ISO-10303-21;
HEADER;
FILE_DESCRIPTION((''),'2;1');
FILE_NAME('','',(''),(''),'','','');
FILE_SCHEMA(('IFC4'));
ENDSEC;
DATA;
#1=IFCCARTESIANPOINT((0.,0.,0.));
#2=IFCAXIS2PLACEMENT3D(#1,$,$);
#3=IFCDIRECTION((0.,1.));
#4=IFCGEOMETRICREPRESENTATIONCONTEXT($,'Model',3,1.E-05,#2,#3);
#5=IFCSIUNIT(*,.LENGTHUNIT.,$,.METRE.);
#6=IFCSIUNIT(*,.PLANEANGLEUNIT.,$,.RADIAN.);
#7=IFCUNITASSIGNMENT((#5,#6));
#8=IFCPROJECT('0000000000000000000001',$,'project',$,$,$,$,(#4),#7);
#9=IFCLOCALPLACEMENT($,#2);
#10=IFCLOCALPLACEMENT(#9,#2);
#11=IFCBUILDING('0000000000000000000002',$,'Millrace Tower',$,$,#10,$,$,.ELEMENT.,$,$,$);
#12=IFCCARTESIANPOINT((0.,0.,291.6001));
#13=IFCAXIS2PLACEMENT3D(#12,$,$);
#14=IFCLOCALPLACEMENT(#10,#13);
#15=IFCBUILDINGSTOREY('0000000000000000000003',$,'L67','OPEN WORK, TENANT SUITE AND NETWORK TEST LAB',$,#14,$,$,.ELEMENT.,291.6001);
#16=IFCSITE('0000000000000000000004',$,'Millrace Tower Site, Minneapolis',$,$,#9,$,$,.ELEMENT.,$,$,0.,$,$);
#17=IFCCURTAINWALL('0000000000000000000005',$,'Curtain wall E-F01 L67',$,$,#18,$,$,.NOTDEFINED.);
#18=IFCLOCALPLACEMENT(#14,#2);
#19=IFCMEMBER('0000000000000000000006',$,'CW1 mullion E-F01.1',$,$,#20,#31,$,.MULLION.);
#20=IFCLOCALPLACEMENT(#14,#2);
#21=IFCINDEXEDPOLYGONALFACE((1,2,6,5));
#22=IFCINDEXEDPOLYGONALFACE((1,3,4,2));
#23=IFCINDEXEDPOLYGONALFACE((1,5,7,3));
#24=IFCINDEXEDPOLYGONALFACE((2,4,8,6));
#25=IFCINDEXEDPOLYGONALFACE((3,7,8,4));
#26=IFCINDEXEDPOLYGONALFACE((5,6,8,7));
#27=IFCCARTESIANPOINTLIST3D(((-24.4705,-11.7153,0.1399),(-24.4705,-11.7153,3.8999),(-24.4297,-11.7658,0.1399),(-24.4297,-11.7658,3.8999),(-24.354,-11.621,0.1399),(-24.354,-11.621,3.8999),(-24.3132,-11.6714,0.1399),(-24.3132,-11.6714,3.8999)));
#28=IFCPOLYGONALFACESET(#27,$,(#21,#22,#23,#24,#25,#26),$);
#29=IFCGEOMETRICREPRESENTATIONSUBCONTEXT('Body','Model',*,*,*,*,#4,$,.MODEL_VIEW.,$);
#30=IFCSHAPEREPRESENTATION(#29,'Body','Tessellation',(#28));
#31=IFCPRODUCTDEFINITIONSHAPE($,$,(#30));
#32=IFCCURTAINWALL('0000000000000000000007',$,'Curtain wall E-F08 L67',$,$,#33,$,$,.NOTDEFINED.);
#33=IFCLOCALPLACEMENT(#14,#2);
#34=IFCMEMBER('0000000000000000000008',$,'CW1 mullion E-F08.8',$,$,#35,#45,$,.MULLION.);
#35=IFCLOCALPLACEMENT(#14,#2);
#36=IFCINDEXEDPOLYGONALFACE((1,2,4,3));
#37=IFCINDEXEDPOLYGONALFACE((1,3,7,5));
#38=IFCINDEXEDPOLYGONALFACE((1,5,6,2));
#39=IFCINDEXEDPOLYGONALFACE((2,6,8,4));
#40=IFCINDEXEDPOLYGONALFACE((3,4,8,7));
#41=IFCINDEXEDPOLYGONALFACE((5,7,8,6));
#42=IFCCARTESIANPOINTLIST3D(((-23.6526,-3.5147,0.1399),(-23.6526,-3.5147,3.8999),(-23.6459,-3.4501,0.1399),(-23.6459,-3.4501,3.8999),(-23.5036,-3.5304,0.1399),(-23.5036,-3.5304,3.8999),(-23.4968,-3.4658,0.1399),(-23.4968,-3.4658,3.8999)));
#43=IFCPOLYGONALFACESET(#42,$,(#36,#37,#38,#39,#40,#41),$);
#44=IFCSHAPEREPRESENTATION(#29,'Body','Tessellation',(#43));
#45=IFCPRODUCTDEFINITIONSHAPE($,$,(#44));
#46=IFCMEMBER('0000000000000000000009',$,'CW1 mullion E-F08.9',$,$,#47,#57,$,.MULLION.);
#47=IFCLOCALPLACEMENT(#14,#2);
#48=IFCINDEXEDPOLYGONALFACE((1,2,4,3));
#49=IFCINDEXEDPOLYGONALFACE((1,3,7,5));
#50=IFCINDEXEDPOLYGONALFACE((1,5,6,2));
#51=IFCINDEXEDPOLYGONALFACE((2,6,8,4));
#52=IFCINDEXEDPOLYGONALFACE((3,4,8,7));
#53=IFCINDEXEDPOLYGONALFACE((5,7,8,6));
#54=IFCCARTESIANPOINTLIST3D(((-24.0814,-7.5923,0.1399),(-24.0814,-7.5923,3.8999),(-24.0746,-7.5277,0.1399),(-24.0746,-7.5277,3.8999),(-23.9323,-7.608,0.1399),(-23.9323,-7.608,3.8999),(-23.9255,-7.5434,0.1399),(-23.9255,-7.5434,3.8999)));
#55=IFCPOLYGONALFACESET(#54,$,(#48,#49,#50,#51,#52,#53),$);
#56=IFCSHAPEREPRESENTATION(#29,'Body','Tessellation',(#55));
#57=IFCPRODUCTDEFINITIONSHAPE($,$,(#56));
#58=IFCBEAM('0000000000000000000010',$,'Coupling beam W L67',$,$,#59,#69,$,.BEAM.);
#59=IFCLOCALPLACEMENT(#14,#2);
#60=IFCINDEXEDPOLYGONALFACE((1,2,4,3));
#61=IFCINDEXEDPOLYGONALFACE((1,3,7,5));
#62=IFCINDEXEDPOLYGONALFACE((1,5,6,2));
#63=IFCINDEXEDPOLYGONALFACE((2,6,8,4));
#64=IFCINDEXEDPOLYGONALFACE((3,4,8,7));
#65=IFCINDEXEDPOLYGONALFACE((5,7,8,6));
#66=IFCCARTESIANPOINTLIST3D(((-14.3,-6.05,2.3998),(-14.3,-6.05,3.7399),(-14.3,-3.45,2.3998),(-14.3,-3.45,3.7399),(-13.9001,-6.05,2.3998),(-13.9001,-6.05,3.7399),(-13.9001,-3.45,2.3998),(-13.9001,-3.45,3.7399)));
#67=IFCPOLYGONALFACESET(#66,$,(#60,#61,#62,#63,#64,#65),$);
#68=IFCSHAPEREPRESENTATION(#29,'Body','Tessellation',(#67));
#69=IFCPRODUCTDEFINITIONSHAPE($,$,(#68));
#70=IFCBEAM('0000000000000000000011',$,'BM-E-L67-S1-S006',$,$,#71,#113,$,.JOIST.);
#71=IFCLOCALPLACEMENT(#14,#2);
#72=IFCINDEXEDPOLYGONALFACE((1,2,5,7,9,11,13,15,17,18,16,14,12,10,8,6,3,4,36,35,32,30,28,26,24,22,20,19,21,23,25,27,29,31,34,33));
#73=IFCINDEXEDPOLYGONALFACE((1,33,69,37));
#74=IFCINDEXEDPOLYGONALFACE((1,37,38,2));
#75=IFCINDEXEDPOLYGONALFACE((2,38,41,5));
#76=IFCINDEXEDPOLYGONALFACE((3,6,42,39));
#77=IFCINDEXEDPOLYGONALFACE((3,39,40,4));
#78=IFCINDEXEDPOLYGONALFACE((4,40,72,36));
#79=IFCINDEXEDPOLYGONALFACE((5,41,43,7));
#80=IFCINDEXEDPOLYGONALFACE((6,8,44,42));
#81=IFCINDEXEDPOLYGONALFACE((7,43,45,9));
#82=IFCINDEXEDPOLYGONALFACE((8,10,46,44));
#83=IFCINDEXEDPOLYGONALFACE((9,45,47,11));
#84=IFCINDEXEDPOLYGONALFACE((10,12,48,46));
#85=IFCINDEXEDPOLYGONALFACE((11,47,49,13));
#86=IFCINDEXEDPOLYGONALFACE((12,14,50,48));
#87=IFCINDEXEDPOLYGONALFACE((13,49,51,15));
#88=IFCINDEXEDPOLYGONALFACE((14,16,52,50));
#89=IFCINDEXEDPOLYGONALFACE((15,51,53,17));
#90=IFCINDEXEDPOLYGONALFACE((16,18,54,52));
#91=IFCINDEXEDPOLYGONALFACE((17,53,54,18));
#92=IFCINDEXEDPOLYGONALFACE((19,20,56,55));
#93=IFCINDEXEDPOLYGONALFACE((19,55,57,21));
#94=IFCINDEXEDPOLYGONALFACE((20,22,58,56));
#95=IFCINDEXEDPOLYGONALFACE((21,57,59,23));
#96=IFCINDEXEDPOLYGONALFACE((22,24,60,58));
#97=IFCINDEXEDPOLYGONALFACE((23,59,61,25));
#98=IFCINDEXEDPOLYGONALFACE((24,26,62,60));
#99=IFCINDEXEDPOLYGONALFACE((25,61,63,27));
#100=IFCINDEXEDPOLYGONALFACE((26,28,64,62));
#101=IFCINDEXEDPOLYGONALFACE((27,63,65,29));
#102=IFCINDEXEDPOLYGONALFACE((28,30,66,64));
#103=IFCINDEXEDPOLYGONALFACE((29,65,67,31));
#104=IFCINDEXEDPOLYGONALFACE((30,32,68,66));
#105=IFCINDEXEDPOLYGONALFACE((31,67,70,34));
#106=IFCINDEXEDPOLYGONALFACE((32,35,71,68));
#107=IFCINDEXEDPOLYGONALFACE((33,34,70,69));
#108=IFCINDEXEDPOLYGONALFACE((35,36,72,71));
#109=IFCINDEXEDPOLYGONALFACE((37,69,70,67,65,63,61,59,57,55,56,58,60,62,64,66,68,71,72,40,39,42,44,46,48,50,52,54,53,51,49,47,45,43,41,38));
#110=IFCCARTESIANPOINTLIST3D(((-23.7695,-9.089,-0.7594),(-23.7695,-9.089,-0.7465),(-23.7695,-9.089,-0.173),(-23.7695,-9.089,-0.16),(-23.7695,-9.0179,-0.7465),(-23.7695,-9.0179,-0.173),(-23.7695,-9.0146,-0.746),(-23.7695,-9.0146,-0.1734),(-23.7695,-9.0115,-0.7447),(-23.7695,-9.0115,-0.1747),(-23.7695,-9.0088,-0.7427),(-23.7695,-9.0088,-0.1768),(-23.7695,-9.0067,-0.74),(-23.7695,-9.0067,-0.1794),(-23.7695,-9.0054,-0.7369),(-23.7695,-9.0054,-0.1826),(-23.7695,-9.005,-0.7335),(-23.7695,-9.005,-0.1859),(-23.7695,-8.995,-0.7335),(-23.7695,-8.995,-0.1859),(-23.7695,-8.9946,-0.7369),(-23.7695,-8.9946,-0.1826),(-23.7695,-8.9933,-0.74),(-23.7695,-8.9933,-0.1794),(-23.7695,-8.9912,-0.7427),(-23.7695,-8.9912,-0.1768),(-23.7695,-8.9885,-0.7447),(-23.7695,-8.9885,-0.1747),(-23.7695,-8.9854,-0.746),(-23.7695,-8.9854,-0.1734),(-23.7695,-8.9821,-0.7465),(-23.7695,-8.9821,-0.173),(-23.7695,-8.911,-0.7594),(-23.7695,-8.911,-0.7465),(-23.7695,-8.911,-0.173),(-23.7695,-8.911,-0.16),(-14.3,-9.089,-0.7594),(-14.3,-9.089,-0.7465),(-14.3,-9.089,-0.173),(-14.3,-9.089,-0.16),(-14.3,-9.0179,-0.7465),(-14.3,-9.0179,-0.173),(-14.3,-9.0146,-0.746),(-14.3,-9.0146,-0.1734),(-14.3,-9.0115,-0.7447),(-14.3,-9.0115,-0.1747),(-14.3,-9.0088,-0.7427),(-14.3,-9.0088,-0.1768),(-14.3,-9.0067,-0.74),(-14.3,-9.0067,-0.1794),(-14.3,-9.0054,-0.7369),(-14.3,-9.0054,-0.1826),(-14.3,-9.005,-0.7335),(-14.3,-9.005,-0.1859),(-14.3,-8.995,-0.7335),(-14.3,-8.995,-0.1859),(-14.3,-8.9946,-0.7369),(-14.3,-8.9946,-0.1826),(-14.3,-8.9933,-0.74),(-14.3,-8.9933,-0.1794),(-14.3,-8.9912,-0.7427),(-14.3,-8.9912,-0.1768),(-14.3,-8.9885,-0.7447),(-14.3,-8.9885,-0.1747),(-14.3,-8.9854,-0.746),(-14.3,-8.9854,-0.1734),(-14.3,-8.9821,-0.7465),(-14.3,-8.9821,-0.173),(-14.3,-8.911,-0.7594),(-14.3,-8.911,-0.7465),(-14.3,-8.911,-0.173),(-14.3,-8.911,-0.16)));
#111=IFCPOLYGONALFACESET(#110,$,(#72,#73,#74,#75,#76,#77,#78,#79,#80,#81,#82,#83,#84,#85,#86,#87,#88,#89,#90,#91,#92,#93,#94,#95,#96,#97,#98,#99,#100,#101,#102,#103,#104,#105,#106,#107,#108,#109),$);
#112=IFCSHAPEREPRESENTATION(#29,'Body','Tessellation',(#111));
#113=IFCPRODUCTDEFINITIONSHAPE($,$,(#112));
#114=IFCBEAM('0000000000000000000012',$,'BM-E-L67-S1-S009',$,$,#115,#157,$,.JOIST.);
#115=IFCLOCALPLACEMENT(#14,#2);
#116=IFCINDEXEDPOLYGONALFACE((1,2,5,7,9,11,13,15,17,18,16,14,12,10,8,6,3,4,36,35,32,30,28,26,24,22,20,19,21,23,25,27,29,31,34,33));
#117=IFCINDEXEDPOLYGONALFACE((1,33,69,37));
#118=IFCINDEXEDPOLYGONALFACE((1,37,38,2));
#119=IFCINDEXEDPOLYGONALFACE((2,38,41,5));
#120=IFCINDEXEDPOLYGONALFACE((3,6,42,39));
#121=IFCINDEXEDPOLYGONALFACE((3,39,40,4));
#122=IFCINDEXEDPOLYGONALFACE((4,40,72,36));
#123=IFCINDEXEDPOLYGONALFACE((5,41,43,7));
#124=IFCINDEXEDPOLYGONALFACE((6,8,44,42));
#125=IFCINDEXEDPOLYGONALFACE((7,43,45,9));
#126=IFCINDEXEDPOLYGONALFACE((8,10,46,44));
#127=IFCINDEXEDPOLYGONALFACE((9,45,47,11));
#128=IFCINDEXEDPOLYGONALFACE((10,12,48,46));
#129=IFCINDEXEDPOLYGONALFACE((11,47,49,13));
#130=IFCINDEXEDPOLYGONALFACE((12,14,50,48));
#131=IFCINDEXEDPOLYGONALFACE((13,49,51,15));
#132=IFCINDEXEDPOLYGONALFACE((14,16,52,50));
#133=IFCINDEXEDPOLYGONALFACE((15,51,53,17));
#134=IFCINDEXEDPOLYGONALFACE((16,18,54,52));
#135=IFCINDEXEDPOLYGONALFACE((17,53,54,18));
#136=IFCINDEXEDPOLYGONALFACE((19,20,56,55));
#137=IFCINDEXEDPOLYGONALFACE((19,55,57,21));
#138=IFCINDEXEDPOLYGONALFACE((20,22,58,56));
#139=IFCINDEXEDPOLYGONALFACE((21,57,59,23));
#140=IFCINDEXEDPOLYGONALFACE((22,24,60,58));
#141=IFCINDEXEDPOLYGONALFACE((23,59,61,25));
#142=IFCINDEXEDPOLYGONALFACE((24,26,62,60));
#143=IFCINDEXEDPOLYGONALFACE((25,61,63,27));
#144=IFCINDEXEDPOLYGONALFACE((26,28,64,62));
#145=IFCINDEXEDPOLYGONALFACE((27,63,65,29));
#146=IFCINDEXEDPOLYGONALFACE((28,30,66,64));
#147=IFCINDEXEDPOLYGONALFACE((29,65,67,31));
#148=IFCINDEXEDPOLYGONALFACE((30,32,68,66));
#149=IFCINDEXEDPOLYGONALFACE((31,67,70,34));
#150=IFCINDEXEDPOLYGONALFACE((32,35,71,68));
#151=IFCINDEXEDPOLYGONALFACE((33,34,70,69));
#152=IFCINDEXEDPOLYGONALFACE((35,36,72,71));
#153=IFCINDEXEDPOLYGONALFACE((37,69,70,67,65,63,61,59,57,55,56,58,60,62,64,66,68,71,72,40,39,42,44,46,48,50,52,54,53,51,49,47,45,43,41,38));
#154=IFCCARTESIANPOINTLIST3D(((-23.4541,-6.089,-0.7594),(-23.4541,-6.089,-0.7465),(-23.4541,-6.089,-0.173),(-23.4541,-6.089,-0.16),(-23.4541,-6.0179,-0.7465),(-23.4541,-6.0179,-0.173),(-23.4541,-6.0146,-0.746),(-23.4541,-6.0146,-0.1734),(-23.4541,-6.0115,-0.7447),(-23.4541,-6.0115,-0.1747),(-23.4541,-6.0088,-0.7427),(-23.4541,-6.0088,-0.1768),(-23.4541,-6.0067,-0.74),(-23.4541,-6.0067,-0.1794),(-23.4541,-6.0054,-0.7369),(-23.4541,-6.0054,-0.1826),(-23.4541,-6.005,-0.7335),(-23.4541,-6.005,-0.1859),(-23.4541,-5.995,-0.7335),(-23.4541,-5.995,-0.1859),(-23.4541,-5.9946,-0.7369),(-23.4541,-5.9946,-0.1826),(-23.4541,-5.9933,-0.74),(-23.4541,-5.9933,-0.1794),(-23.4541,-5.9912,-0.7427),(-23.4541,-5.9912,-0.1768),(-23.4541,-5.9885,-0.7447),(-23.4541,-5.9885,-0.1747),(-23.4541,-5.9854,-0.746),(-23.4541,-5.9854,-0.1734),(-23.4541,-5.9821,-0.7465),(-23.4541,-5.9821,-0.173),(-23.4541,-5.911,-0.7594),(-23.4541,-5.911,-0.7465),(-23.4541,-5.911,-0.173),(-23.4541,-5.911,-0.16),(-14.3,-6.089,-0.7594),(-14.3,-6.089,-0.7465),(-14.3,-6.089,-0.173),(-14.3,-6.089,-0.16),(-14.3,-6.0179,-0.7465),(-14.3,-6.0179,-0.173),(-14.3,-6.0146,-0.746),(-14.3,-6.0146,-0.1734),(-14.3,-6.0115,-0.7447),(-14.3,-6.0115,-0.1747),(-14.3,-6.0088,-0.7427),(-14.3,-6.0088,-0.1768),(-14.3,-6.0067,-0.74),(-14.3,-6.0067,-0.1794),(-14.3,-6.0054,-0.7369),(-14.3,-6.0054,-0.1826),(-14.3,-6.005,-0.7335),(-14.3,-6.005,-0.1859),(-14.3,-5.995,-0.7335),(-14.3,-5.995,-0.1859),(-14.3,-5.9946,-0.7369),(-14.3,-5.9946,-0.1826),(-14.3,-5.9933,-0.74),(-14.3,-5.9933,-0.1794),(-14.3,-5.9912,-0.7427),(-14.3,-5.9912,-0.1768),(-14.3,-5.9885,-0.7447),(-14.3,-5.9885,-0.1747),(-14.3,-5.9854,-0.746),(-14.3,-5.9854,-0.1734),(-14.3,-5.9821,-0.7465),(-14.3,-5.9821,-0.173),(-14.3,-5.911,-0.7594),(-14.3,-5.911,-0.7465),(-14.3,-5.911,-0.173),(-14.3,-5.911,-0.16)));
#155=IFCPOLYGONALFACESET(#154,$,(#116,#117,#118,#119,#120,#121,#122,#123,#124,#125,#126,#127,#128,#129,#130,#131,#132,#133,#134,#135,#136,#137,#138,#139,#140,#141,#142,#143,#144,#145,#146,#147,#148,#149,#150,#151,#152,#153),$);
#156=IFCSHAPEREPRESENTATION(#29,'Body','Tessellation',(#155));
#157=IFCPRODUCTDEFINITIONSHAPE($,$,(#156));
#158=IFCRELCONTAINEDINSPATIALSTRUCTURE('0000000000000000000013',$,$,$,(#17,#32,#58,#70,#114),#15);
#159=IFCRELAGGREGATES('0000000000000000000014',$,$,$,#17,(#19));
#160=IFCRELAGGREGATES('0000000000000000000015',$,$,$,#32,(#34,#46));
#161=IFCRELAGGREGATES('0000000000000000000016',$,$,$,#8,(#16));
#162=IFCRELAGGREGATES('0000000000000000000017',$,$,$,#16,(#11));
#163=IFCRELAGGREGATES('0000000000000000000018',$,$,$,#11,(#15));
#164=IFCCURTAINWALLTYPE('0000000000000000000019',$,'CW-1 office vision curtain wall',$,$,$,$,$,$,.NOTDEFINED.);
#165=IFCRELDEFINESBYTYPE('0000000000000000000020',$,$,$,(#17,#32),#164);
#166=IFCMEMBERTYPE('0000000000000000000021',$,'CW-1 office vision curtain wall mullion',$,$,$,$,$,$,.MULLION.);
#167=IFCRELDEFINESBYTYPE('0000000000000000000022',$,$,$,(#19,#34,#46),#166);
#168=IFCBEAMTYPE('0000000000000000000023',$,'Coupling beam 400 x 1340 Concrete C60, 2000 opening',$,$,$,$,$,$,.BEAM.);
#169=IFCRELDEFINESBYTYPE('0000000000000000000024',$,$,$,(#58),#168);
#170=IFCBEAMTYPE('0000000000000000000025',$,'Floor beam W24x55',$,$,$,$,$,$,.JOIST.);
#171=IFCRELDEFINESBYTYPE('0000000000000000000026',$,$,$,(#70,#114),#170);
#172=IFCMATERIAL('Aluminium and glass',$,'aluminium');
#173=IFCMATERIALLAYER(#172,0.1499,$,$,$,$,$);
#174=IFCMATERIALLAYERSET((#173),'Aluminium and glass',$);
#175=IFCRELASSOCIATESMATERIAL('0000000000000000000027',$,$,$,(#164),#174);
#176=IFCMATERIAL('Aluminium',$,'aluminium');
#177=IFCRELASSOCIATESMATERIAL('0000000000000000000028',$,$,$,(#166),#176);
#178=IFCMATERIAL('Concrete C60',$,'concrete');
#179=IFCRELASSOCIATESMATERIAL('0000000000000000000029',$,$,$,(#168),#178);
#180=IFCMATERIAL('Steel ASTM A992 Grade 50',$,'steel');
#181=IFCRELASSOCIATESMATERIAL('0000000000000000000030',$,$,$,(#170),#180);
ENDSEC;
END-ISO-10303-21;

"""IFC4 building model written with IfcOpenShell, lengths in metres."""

from ifc_helpers import new_model, si_unit, direction, frame, origin, origin_2d, place, context, subcontext, project, spatial, rectangle, i_section, extrude, material, layer, layer_set, material_profile, profile_set, type_object, element, aggregate, save


model = new_model("IFC4")

# Units and contexts
model_context = context("Model", 3, precision=1e-05, world=origin(), true_north=direction((0.0, 1.0)))
body_context = subcontext(model_context, "Body", "Model", "MODEL_VIEW")
ifc_project = project(units=[si_unit("LENGTHUNIT", "METRE"), si_unit("PLANEANGLEUNIT", "RADIAN")], contexts=[model_context])

# Site, building, storey
site_placement = place(None, origin())
site = spatial("IfcSite", under=ifc_project, at=site_placement, Name="Millrace Tower Site, Minneapolis", CompositionType="ELEMENT", RefElevation=0.0)
building_placement = place(site_placement, origin())
building = spatial("IfcBuilding", under=site, at=building_placement, Name="Millrace Tower", CompositionType="ELEMENT")
storey_placement = place(building_placement, frame((0.0, 0.0, 291.6001)))
storey = spatial("IfcBuildingStorey", under=building, at=storey_placement, Name="L67", Description="OPEN WORK, TENANT SUITE AND NETWORK TEST LAB", CompositionType="ELEMENT", Elevation=291.6001)

# Curtain wall, member
ifc_material_1 = material(Name="Aluminium and glass", Category="aluminium")
ifc_layer_1 = layer(ifc_material_1, 0.1499)
ifc_layer_set_1 = layer_set([ifc_layer_1], Name="Aluminium and glass")
curtain_wall_type = type_object("IfcCurtainWallType", Name="CW-1 office vision curtain wall", PredefinedType="NOTDEFINED", material=ifc_layer_set_1)
placement = place(storey_placement, origin())
curtain_wall_1 = element("IfcCurtainWall", 1, at=placement, inside=storey, type_object=curtain_wall_type, Name="Curtain wall E-F01 L67", PredefinedType="NOTDEFINED")
ifc_material_2 = material(Name="Aluminium", Category="aluminium")
ifc_material_profile_1 = material_profile(ifc_material_2, rectangle(XDim=0.0649, YDim=0.1499, at=origin_2d()))
ifc_profile_set_1 = profile_set([ifc_material_profile_1], Name="Aluminium")
member_type = type_object("IfcMemberType", Name="CW-1 office vision curtain wall mullion", PredefinedType="MULLION", material=ifc_profile_set_1)
member_1_placement = place(storey_placement, frame((-24.3918, -11.6934, 0.1399), z_axis=(0.0, 0.0, 1.0), x_axis=(0.62932, -0.777146, 0.0)))
member_1 = element("IfcMember", 2, at=member_1_placement, type_object=member_type, Name="CW1 mullion E-F01.1", PredefinedType="MULLION", context=body_context, shape_type="SweptSolid", body=[
    extrude(rectangle(XDim=0.0649, YDim=0.1499, at=origin_2d()), origin(), (0.0, 0.0, 1.0), 3.76),
])
aggregate(curtain_wall_1, [member_1])

# Curtain wall, members
curtain_wall_2 = element("IfcCurtainWall", 3, at=placement, inside=storey, type_object=curtain_wall_type, Name="Curtain wall E-F08 L67", PredefinedType="NOTDEFINED")
member_2_placement = place(storey_placement, frame((-23.5747, -3.4902, 0.1399), z_axis=(0.0, 0.0, 1.0), x_axis=(-0.104528, -0.994522, 0.0)))
member_2 = element("IfcMember", 4, at=member_2_placement, type_object=member_type, Name="CW1 mullion E-F08.8", PredefinedType="MULLION", context=body_context, shape_type="SweptSolid", body=[
    extrude(rectangle(XDim=0.0649, YDim=0.1499, at=origin_2d()), origin(), (0.0, 0.0, 1.0), 3.76),
])
member_3_placement = place(storey_placement, frame((-24.0034, -7.5679, 0.1399), z_axis=(0.0, 0.0, 1.0), x_axis=(-0.104528, -0.994522, 0.0)))
member_3 = element("IfcMember", 5, at=member_3_placement, type_object=member_type, Name="CW1 mullion E-F08.9", PredefinedType="MULLION", context=body_context, shape_type="SweptSolid", body=[
    extrude(rectangle(XDim=0.0649, YDim=0.1499, at=origin_2d()), origin(), (0.0, 0.0, 1.0), 3.76),
])
aggregate(curtain_wall_2, [member_2, member_3])

# Beams
ifc_material_3 = material(Name="Concrete C60", Category="concrete")
ifc_material_profile_2 = material_profile(ifc_material_3, rectangle(XDim=0.3999, YDim=1.3401, at=origin_2d()))
ifc_profile_set_2 = profile_set([ifc_material_profile_2], Name="Concrete C60")
beam_type_1 = type_object("IfcBeamType", Name="Coupling beam 400 x 1340 Concrete C60, 2000 opening", PredefinedType="BEAM", material=ifc_profile_set_2)
beam_1_placement = place(storey_placement, frame((-14.1001, -6.05, 3.0698), z_axis=(0.0, 1.0, 0.0), x_axis=(-1.0, 0.0, 0.0)))
element("IfcBeam", 6, at=beam_1_placement, inside=storey, type_object=beam_type_1, Name="Coupling beam W L67", PredefinedType="BEAM", context=body_context, shape_type="SweptSolid", body=[
    extrude(rectangle(XDim=0.3999, YDim=1.3401, at=origin_2d()), origin(), (0.0, 0.0, 1.0), 2.6001),
])
ifc_material_4 = material(Name="Steel ASTM A992 Grade 50", Category="steel")
ifc_material_profile_3 = material_profile(ifc_material_4, i_section(OverallWidth=0.178, OverallDepth=0.5994, WebThickness=0.01, FlangeThickness=0.0129, FilletRadius=0.0129, at=origin_2d()))
ifc_profile_set_3 = profile_set([ifc_material_profile_3], Name="Steel ASTM A992 Grade 50")
beam_type_2 = type_object("IfcBeamType", Name="Floor beam W24x55", PredefinedType="JOIST", material=ifc_profile_set_3)
beam_2_placement = place(storey_placement, frame((-23.7695, -9.0, -0.4597), z_axis=(1.0, 0.0, 0.0), x_axis=(0.0, 1.0, 0.0)))
element("IfcBeam", 7, at=beam_2_placement, inside=storey, type_object=beam_type_2, Name="BM-E-L67-S1-S006", PredefinedType="JOIST", context=body_context, shape_type="SweptSolid", body=[
    extrude(i_section(OverallWidth=0.178, OverallDepth=0.5994, WebThickness=0.01, FlangeThickness=0.0129, FilletRadius=0.0129, at=origin_2d()), origin(), (0.0, 0.0, 1.0), 9.4695),
])
beam_3_placement = place(storey_placement, frame((-23.4541, -6.0, -0.4597), z_axis=(1.0, 0.0, 0.0), x_axis=(0.0, 1.0, 0.0)))
element("IfcBeam", 8, at=beam_3_placement, inside=storey, type_object=beam_type_2, Name="BM-E-L67-S1-S009", PredefinedType="JOIST", context=body_context, shape_type="SweptSolid", body=[
    extrude(i_section(OverallWidth=0.178, OverallDepth=0.5994, WebThickness=0.01, FlangeThickness=0.0129, FilletRadius=0.0129, at=origin_2d()), origin(), (0.0, 0.0, 1.0), 9.1541),
])

save(model, "model.ifc")
